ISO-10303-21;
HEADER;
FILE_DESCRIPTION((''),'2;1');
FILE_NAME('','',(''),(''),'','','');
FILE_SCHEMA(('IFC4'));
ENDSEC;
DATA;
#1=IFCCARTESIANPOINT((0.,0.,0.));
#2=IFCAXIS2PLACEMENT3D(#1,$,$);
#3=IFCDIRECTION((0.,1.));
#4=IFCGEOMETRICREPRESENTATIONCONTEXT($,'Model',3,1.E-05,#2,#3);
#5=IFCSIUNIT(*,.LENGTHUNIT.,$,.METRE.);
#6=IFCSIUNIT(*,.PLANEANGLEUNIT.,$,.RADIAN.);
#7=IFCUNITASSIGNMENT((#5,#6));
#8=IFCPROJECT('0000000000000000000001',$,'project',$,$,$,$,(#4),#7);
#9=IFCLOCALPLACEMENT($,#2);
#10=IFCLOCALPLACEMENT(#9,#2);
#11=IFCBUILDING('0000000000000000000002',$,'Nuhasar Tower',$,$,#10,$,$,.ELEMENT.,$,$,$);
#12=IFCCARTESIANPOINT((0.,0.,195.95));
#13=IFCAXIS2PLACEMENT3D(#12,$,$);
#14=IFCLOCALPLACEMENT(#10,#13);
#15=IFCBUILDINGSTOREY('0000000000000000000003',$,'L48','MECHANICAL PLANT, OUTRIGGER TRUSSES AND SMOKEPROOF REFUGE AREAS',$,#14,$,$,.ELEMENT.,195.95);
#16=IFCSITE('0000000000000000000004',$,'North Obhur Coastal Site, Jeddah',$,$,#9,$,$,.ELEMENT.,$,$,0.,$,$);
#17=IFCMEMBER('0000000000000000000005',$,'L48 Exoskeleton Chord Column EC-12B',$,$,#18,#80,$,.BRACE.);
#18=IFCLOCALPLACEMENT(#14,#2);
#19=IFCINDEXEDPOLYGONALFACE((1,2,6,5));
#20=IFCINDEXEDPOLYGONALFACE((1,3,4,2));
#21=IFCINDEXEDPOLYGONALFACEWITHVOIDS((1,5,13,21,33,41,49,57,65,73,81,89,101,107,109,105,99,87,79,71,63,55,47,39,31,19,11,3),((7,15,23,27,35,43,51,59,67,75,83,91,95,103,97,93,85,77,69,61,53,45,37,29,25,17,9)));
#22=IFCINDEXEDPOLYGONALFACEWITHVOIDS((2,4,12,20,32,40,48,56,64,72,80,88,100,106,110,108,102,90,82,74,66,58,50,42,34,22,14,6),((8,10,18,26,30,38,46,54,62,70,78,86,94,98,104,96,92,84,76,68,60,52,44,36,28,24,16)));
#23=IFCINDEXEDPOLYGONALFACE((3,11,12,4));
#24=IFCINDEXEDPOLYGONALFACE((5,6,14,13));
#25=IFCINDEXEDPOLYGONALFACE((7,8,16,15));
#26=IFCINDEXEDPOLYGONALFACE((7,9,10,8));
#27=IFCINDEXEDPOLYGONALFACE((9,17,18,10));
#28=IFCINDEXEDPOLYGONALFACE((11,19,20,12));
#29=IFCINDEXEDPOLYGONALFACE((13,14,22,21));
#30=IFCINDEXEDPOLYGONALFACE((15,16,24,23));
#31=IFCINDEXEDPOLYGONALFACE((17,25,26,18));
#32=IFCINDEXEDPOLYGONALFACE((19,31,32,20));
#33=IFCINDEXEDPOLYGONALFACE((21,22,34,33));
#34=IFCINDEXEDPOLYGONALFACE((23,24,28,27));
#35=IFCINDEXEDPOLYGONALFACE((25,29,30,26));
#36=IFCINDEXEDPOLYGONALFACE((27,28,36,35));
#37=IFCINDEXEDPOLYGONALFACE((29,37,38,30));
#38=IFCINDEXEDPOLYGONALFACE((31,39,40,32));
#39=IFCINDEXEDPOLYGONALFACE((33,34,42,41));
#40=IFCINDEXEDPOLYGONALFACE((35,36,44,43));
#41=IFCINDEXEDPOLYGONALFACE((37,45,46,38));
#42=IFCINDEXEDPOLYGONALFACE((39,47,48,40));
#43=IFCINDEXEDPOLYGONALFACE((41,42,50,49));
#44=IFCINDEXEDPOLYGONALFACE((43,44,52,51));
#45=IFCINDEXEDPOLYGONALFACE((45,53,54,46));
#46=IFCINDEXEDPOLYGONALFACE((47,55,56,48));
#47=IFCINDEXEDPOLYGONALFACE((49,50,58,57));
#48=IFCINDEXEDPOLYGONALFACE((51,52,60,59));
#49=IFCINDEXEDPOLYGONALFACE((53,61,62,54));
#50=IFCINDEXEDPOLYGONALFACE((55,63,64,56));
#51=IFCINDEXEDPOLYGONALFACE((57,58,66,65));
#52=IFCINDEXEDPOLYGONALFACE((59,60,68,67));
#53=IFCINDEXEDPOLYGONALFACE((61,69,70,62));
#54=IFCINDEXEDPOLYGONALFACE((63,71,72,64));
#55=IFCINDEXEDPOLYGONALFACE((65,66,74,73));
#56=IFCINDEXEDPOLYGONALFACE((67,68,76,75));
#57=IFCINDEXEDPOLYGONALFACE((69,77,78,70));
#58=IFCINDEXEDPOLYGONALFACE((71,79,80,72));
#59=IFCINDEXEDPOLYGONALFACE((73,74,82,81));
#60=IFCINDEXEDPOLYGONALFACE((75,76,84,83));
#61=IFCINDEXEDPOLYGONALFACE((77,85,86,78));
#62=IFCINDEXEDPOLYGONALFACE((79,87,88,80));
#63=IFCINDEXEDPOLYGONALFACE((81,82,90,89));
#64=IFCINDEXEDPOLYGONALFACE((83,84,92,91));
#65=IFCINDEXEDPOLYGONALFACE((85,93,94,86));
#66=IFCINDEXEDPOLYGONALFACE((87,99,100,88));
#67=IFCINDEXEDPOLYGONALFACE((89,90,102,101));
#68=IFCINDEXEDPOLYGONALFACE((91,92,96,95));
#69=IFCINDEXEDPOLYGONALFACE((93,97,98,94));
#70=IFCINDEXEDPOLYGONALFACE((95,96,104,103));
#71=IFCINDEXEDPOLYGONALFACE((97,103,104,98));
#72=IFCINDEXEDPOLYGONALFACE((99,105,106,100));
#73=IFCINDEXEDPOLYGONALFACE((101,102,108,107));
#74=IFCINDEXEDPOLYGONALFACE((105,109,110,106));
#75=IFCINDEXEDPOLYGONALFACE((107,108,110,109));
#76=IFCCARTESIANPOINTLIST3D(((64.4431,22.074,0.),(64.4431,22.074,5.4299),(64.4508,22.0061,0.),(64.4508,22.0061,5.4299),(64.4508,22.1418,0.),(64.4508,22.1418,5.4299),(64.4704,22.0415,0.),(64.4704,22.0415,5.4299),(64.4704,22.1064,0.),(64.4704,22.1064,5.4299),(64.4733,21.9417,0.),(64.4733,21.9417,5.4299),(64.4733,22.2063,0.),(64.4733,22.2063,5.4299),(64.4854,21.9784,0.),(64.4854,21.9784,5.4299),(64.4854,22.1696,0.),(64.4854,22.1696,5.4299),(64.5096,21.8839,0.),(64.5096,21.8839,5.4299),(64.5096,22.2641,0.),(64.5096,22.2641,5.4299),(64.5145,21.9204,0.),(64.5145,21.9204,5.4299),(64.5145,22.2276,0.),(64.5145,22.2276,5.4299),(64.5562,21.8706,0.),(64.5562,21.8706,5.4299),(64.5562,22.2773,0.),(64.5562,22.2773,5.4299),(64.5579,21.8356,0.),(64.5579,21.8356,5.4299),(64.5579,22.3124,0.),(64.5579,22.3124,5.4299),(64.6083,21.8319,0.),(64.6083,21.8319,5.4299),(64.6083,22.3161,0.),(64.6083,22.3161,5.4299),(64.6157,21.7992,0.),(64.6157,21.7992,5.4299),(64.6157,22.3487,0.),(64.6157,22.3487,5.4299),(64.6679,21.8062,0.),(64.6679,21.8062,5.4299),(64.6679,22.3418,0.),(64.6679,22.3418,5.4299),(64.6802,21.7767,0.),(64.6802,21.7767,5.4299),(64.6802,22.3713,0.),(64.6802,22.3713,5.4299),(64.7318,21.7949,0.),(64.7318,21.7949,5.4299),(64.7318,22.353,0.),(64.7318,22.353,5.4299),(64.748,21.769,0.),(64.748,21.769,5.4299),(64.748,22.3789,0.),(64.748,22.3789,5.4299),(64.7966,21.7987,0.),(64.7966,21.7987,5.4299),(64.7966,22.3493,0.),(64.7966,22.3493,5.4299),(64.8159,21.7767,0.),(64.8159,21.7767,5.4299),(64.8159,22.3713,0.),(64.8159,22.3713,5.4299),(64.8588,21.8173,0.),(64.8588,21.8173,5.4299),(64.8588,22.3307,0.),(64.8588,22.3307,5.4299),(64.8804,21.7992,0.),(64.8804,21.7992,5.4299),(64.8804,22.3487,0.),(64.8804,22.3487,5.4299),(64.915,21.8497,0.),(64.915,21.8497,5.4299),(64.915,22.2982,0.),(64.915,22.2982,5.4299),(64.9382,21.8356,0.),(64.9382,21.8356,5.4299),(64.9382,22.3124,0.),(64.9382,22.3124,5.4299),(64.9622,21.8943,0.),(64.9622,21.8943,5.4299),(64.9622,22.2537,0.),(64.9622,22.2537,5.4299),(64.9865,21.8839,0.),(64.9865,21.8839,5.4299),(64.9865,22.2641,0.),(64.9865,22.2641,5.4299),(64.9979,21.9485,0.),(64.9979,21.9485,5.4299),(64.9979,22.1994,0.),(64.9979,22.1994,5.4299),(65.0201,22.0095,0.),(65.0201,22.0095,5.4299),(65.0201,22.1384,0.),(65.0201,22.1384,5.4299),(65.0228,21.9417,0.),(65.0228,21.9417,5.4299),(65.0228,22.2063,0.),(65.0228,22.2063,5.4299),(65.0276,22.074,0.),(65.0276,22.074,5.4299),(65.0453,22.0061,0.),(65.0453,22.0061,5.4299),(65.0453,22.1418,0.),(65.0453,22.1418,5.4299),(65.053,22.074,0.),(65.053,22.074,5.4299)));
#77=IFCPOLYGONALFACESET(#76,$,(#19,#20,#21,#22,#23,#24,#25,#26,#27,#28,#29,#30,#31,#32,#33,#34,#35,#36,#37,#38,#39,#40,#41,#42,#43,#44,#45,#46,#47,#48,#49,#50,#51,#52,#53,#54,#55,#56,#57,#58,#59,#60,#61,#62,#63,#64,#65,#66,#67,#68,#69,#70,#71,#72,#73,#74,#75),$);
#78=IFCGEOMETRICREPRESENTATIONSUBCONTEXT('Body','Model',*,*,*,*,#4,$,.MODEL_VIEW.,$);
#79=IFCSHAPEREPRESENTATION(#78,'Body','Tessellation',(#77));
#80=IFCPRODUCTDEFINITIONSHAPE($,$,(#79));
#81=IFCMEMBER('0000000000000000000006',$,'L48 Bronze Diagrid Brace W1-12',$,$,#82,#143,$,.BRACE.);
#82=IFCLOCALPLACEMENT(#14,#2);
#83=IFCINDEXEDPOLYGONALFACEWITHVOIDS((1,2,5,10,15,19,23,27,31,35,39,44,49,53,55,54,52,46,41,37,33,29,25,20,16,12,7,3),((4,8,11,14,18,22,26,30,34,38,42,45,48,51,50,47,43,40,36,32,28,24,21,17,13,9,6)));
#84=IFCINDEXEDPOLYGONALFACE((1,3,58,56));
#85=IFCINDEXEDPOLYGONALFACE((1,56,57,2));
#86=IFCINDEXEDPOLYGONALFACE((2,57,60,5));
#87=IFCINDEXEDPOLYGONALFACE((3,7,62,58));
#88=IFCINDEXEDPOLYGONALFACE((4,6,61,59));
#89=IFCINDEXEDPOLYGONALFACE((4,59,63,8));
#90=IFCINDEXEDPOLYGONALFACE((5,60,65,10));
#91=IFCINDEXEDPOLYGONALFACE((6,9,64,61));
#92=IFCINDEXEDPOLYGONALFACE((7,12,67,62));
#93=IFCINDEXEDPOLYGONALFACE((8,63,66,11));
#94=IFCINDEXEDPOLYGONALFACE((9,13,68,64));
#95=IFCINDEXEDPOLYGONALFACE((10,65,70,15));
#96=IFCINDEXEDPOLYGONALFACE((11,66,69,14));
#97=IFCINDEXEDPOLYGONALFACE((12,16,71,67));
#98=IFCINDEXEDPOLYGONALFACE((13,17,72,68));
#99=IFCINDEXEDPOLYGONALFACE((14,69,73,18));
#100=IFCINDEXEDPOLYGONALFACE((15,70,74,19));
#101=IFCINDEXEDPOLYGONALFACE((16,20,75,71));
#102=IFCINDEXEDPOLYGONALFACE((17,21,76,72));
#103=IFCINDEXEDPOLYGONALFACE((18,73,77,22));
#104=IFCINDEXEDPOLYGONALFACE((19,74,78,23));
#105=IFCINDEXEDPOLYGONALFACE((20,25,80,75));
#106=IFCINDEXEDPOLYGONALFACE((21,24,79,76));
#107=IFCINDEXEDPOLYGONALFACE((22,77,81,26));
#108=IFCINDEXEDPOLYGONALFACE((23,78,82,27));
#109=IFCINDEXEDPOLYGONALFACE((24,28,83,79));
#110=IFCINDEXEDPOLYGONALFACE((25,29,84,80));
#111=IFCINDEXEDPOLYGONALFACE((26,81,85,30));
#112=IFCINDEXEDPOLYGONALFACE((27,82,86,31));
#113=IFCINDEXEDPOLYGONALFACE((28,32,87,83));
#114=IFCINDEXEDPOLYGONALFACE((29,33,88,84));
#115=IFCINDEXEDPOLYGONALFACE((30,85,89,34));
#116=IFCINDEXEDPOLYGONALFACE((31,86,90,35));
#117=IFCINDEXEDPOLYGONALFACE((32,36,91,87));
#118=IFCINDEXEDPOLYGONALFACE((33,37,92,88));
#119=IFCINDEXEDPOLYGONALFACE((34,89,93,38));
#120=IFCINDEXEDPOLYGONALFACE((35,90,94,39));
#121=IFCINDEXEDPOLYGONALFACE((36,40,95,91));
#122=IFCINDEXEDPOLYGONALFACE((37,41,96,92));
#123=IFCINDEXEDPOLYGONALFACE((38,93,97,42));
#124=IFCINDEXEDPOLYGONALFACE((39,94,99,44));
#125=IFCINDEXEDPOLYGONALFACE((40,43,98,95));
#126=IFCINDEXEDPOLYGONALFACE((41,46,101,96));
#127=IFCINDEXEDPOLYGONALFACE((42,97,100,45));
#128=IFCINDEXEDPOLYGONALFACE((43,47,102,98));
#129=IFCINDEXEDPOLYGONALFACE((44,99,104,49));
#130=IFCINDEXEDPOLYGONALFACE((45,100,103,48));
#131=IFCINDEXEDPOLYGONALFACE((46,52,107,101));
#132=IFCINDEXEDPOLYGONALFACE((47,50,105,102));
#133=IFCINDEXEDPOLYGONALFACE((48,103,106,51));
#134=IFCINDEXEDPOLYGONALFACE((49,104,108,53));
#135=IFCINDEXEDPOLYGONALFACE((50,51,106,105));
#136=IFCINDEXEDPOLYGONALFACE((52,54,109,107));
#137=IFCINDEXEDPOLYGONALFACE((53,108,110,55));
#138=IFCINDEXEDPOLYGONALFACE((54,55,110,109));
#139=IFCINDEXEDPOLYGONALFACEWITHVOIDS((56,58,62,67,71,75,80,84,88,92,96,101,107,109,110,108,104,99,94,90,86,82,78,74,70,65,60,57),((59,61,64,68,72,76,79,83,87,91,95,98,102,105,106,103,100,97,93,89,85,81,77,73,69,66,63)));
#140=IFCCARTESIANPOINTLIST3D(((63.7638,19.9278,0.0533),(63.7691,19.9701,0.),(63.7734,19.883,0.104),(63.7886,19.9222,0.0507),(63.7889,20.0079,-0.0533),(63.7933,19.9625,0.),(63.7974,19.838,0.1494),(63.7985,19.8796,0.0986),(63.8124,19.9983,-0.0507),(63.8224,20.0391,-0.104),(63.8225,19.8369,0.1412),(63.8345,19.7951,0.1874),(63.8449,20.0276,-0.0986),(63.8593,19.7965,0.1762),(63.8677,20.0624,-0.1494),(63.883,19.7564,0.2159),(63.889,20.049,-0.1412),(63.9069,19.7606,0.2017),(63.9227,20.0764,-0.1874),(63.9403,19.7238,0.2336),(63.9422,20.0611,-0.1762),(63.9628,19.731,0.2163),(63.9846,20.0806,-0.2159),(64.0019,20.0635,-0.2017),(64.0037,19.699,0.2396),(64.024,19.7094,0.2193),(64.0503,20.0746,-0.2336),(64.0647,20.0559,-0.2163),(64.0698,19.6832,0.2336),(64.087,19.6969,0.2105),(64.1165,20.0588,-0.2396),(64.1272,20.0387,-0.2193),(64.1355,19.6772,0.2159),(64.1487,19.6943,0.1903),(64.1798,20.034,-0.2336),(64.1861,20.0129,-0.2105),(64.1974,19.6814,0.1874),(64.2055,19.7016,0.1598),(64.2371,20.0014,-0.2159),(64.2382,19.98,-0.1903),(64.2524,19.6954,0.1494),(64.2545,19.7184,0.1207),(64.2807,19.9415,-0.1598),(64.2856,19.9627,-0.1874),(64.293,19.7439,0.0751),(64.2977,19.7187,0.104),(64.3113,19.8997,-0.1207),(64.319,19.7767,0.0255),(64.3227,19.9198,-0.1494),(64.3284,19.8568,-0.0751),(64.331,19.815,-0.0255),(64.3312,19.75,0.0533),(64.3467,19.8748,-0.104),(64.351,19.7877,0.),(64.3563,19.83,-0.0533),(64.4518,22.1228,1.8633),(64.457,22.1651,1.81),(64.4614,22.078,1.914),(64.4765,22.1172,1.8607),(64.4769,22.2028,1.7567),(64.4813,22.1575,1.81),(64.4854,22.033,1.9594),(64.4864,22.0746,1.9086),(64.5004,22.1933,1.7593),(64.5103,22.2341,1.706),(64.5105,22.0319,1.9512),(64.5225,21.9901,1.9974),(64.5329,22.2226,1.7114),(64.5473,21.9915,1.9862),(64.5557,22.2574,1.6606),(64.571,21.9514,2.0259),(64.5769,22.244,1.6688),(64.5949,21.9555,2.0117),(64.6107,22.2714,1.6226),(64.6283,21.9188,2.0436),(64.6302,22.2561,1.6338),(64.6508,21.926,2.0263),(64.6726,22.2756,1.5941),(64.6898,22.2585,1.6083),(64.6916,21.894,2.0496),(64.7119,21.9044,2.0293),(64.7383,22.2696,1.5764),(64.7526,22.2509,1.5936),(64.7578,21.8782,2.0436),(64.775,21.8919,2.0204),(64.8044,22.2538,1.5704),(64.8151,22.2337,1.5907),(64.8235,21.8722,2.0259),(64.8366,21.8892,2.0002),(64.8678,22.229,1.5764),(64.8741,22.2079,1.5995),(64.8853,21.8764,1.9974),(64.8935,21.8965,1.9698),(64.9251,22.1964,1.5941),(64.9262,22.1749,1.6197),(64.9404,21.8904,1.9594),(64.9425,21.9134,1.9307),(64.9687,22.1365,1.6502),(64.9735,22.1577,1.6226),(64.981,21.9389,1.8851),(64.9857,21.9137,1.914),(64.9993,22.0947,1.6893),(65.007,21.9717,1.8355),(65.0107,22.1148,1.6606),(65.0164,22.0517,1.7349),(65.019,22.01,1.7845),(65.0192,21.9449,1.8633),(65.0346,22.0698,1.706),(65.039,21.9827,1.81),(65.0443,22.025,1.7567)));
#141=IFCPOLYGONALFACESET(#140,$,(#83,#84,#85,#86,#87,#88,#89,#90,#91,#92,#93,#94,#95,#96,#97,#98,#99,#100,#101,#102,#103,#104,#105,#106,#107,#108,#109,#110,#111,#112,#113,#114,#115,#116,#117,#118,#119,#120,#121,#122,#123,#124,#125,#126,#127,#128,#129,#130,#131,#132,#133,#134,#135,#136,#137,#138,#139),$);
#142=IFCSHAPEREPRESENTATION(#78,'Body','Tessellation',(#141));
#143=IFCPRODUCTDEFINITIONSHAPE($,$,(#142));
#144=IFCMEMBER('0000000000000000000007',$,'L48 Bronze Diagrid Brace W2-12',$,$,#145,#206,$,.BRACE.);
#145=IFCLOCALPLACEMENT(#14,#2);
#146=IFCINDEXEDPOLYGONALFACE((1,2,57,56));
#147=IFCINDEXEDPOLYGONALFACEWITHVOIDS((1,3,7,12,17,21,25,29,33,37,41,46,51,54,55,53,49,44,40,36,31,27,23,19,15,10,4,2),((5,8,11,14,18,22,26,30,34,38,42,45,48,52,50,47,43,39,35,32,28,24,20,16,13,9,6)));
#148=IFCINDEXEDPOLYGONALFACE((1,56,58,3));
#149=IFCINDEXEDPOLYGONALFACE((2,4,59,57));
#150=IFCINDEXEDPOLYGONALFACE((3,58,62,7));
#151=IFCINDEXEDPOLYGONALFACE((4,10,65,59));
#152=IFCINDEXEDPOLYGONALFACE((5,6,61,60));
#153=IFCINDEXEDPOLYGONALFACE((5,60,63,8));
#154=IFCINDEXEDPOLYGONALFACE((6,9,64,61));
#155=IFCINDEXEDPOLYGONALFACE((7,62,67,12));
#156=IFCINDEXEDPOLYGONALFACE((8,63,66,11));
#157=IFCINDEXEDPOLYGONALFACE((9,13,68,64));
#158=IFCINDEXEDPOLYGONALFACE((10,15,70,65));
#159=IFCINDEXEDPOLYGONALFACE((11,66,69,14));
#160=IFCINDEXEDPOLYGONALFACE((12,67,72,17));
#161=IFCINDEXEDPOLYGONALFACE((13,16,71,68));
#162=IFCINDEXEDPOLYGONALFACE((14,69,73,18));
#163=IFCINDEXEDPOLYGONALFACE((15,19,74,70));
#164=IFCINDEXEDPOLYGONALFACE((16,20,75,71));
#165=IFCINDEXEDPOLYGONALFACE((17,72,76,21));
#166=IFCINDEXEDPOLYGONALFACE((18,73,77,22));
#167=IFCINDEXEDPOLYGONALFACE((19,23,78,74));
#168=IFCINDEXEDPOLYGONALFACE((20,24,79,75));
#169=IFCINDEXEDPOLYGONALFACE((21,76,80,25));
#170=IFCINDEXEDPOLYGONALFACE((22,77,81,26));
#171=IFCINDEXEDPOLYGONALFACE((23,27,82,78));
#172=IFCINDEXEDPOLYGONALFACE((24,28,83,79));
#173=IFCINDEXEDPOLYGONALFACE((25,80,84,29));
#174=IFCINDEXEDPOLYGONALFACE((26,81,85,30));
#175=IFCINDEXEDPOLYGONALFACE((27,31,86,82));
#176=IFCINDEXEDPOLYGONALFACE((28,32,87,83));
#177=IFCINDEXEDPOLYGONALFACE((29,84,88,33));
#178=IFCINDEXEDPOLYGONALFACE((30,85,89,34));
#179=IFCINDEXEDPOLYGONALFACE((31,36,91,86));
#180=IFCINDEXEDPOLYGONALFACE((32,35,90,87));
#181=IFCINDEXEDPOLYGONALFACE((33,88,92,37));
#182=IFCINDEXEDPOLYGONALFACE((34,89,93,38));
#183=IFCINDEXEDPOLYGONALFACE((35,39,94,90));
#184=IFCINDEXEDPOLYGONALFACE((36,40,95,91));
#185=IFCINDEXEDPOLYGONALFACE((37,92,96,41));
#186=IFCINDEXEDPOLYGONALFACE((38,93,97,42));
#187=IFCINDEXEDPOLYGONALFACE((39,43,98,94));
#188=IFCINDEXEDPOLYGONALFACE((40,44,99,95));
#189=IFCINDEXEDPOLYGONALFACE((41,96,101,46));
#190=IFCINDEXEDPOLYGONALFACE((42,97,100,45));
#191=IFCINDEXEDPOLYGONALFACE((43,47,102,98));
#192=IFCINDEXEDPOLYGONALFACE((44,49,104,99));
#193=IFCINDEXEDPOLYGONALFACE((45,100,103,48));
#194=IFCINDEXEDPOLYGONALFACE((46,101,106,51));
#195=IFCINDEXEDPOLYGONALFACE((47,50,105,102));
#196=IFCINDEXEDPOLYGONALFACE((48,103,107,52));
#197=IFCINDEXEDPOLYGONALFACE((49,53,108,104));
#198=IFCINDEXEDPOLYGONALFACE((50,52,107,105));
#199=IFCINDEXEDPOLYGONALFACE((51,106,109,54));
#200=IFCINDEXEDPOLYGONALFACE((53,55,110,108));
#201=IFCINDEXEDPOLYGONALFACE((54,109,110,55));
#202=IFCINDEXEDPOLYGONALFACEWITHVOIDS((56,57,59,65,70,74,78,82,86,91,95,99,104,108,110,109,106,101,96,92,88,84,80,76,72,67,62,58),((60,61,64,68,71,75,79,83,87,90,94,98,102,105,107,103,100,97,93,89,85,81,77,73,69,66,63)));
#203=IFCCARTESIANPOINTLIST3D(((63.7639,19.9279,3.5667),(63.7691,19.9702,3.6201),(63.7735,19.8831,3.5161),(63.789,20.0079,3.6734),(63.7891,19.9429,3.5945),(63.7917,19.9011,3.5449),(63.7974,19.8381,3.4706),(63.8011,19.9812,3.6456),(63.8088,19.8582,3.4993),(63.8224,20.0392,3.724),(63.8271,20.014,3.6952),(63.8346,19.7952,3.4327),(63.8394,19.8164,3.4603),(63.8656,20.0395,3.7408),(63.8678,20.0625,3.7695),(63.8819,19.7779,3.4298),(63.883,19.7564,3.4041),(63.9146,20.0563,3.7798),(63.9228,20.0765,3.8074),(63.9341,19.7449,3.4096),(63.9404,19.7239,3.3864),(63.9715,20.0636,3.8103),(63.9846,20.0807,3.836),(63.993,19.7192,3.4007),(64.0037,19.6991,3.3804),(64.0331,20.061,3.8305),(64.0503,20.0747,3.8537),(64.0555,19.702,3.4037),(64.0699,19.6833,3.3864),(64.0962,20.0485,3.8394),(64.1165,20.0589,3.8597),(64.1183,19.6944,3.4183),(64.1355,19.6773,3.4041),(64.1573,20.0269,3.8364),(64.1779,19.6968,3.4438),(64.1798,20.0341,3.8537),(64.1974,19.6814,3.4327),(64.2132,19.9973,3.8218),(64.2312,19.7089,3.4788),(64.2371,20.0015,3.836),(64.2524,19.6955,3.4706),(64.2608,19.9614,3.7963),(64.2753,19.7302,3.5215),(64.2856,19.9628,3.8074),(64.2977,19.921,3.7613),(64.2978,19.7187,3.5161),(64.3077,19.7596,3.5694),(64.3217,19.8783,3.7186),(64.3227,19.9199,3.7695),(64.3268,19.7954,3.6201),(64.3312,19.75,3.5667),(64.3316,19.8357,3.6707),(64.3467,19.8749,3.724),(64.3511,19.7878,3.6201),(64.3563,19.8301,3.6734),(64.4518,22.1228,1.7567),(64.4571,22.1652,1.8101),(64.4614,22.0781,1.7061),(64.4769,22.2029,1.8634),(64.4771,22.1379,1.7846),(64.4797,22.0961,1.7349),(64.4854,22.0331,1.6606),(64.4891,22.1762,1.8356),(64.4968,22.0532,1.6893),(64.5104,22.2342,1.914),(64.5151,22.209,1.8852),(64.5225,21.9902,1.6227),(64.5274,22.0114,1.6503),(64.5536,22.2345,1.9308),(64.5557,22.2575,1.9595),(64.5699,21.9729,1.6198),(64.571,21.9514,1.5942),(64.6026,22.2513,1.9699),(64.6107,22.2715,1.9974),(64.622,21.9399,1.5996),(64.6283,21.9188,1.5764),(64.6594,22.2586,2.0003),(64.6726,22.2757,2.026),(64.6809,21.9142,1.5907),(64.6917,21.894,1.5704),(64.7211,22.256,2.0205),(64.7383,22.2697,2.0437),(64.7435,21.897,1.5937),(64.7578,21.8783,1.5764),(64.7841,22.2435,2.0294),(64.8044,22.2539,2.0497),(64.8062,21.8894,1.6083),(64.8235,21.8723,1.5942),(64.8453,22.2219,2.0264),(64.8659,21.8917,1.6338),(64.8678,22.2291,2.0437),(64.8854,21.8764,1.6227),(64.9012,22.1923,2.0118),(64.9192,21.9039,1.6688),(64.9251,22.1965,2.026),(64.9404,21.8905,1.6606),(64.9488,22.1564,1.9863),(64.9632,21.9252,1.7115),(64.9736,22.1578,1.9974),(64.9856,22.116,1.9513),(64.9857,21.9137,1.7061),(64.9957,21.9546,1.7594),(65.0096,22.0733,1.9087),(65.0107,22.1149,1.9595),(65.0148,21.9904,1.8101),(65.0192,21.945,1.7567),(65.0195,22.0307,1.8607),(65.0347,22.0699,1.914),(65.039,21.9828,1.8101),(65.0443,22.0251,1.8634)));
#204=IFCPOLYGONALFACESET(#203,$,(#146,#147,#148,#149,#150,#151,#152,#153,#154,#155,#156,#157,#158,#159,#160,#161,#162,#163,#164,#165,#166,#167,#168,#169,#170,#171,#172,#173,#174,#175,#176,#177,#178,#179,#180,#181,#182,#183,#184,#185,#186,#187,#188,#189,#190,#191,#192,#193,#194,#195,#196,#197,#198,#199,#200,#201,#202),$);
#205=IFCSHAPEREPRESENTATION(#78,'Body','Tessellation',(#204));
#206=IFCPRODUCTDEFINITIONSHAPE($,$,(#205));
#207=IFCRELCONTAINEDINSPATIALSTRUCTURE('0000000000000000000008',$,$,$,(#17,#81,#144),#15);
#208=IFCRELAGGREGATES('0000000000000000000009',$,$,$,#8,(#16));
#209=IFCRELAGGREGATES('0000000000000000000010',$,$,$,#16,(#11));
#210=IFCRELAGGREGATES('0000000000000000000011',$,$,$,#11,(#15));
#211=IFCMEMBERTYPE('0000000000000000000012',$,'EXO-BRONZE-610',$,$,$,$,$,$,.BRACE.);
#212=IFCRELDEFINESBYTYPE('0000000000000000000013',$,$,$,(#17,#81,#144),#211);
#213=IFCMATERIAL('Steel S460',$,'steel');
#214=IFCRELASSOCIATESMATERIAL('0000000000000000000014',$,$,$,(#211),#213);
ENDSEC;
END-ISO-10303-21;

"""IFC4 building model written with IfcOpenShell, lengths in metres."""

from ifc_helpers import new_model, si_unit, direction, frame, origin, origin_2d, place, context, subcontext, project, spatial, hollow_circle, extrude, material, material_profile, profile_set, type_object, element, save


model = new_model("IFC4")

# Units and contexts
model_context = context("Model", 3, precision=1e-05, world=origin(), true_north=direction((0.0, 1.0)))
body_context = subcontext(model_context, "Body", "Model", "MODEL_VIEW")
ifc_project = project(units=[si_unit("LENGTHUNIT", "METRE"), si_unit("PLANEANGLEUNIT", "RADIAN")], contexts=[model_context])

# Site, building, storey
site_placement = place(None, origin())
site = spatial("IfcSite", under=ifc_project, at=site_placement, Name="North Obhur Coastal Site, Jeddah", CompositionType="ELEMENT", RefElevation=0.0)
building_placement = place(site_placement, origin())
building = spatial("IfcBuilding", under=site, at=building_placement, Name="Nuhasar Tower", CompositionType="ELEMENT")
storey_placement = place(building_placement, frame((0.0, 0.0, 195.95)))
storey = spatial("IfcBuildingStorey", under=building, at=storey_placement, Name="L48", Description="MECHANICAL PLANT, OUTRIGGER TRUSSES AND SMOKEPROOF REFUGE AREAS", CompositionType="ELEMENT", Elevation=195.95)

# Shared definitions
ifc_material_1 = material(Name="Steel S460", Category="steel")

# Members
ifc_material_profile_1 = material_profile(ifc_material_1, hollow_circle(Radius=0.3049, WallThickness=0.0254, at=origin_2d()), Name="HSS610X25.4")
ifc_profile_set_1 = profile_set([ifc_material_profile_1], Name="Steel S460")
member_type_1 = type_object("IfcMemberType", Name="EXO-BRONZE-610", PredefinedType="BRACE", material=ifc_profile_set_1)
for number, where, z_axis, x_axis, name in (
    (1, (64.748, 22.074, 0.0), (0.0, 0.0, 1.0), (1.0, 0.0, 0.0), "L48 Exoskeleton Chord Column EC-12B"),
):
    element("IfcMember", number, at=place(storey_placement, frame(where, z_axis=z_axis, x_axis=x_axis)), inside=storey, type_object=member_type_1, Name=name, PredefinedType="BRACE", context=body_context, shape_type="SweptSolid", body=[
        extrude(hollow_circle(Radius=0.3049, WallThickness=0.0254, at=origin_2d()), origin(), (0.0, 0.0, 1.0), 5.4299),
    ])
for number, where, z_axis, x_axis, name in (
    (2, (64.0601, 19.8789, 0.0), (0.23504, 0.74991, 0.618378), (-0.954228, 0.299079, 0.0), "L48 Bronze Diagrid Brace W1-12"),
    (3, (64.748, 22.074, 1.8101), (-0.23504, -0.74991, 0.618378), (0.954228, -0.299079, 0.0), "L48 Bronze Diagrid Brace W2-12"),
):
    element("IfcMember", number, at=place(storey_placement, frame(where, z_axis=z_axis, x_axis=x_axis)), inside=storey, type_object=member_type_1, Name=name, PredefinedType="BRACE", context=body_context, shape_type="SweptSolid", body=[
        extrude(hollow_circle(Radius=0.3049, WallThickness=0.0254, at=origin_2d()), origin(), (0.0, 0.0, 1.0), 2.927),
    ])

save(model, "model.ifc")
